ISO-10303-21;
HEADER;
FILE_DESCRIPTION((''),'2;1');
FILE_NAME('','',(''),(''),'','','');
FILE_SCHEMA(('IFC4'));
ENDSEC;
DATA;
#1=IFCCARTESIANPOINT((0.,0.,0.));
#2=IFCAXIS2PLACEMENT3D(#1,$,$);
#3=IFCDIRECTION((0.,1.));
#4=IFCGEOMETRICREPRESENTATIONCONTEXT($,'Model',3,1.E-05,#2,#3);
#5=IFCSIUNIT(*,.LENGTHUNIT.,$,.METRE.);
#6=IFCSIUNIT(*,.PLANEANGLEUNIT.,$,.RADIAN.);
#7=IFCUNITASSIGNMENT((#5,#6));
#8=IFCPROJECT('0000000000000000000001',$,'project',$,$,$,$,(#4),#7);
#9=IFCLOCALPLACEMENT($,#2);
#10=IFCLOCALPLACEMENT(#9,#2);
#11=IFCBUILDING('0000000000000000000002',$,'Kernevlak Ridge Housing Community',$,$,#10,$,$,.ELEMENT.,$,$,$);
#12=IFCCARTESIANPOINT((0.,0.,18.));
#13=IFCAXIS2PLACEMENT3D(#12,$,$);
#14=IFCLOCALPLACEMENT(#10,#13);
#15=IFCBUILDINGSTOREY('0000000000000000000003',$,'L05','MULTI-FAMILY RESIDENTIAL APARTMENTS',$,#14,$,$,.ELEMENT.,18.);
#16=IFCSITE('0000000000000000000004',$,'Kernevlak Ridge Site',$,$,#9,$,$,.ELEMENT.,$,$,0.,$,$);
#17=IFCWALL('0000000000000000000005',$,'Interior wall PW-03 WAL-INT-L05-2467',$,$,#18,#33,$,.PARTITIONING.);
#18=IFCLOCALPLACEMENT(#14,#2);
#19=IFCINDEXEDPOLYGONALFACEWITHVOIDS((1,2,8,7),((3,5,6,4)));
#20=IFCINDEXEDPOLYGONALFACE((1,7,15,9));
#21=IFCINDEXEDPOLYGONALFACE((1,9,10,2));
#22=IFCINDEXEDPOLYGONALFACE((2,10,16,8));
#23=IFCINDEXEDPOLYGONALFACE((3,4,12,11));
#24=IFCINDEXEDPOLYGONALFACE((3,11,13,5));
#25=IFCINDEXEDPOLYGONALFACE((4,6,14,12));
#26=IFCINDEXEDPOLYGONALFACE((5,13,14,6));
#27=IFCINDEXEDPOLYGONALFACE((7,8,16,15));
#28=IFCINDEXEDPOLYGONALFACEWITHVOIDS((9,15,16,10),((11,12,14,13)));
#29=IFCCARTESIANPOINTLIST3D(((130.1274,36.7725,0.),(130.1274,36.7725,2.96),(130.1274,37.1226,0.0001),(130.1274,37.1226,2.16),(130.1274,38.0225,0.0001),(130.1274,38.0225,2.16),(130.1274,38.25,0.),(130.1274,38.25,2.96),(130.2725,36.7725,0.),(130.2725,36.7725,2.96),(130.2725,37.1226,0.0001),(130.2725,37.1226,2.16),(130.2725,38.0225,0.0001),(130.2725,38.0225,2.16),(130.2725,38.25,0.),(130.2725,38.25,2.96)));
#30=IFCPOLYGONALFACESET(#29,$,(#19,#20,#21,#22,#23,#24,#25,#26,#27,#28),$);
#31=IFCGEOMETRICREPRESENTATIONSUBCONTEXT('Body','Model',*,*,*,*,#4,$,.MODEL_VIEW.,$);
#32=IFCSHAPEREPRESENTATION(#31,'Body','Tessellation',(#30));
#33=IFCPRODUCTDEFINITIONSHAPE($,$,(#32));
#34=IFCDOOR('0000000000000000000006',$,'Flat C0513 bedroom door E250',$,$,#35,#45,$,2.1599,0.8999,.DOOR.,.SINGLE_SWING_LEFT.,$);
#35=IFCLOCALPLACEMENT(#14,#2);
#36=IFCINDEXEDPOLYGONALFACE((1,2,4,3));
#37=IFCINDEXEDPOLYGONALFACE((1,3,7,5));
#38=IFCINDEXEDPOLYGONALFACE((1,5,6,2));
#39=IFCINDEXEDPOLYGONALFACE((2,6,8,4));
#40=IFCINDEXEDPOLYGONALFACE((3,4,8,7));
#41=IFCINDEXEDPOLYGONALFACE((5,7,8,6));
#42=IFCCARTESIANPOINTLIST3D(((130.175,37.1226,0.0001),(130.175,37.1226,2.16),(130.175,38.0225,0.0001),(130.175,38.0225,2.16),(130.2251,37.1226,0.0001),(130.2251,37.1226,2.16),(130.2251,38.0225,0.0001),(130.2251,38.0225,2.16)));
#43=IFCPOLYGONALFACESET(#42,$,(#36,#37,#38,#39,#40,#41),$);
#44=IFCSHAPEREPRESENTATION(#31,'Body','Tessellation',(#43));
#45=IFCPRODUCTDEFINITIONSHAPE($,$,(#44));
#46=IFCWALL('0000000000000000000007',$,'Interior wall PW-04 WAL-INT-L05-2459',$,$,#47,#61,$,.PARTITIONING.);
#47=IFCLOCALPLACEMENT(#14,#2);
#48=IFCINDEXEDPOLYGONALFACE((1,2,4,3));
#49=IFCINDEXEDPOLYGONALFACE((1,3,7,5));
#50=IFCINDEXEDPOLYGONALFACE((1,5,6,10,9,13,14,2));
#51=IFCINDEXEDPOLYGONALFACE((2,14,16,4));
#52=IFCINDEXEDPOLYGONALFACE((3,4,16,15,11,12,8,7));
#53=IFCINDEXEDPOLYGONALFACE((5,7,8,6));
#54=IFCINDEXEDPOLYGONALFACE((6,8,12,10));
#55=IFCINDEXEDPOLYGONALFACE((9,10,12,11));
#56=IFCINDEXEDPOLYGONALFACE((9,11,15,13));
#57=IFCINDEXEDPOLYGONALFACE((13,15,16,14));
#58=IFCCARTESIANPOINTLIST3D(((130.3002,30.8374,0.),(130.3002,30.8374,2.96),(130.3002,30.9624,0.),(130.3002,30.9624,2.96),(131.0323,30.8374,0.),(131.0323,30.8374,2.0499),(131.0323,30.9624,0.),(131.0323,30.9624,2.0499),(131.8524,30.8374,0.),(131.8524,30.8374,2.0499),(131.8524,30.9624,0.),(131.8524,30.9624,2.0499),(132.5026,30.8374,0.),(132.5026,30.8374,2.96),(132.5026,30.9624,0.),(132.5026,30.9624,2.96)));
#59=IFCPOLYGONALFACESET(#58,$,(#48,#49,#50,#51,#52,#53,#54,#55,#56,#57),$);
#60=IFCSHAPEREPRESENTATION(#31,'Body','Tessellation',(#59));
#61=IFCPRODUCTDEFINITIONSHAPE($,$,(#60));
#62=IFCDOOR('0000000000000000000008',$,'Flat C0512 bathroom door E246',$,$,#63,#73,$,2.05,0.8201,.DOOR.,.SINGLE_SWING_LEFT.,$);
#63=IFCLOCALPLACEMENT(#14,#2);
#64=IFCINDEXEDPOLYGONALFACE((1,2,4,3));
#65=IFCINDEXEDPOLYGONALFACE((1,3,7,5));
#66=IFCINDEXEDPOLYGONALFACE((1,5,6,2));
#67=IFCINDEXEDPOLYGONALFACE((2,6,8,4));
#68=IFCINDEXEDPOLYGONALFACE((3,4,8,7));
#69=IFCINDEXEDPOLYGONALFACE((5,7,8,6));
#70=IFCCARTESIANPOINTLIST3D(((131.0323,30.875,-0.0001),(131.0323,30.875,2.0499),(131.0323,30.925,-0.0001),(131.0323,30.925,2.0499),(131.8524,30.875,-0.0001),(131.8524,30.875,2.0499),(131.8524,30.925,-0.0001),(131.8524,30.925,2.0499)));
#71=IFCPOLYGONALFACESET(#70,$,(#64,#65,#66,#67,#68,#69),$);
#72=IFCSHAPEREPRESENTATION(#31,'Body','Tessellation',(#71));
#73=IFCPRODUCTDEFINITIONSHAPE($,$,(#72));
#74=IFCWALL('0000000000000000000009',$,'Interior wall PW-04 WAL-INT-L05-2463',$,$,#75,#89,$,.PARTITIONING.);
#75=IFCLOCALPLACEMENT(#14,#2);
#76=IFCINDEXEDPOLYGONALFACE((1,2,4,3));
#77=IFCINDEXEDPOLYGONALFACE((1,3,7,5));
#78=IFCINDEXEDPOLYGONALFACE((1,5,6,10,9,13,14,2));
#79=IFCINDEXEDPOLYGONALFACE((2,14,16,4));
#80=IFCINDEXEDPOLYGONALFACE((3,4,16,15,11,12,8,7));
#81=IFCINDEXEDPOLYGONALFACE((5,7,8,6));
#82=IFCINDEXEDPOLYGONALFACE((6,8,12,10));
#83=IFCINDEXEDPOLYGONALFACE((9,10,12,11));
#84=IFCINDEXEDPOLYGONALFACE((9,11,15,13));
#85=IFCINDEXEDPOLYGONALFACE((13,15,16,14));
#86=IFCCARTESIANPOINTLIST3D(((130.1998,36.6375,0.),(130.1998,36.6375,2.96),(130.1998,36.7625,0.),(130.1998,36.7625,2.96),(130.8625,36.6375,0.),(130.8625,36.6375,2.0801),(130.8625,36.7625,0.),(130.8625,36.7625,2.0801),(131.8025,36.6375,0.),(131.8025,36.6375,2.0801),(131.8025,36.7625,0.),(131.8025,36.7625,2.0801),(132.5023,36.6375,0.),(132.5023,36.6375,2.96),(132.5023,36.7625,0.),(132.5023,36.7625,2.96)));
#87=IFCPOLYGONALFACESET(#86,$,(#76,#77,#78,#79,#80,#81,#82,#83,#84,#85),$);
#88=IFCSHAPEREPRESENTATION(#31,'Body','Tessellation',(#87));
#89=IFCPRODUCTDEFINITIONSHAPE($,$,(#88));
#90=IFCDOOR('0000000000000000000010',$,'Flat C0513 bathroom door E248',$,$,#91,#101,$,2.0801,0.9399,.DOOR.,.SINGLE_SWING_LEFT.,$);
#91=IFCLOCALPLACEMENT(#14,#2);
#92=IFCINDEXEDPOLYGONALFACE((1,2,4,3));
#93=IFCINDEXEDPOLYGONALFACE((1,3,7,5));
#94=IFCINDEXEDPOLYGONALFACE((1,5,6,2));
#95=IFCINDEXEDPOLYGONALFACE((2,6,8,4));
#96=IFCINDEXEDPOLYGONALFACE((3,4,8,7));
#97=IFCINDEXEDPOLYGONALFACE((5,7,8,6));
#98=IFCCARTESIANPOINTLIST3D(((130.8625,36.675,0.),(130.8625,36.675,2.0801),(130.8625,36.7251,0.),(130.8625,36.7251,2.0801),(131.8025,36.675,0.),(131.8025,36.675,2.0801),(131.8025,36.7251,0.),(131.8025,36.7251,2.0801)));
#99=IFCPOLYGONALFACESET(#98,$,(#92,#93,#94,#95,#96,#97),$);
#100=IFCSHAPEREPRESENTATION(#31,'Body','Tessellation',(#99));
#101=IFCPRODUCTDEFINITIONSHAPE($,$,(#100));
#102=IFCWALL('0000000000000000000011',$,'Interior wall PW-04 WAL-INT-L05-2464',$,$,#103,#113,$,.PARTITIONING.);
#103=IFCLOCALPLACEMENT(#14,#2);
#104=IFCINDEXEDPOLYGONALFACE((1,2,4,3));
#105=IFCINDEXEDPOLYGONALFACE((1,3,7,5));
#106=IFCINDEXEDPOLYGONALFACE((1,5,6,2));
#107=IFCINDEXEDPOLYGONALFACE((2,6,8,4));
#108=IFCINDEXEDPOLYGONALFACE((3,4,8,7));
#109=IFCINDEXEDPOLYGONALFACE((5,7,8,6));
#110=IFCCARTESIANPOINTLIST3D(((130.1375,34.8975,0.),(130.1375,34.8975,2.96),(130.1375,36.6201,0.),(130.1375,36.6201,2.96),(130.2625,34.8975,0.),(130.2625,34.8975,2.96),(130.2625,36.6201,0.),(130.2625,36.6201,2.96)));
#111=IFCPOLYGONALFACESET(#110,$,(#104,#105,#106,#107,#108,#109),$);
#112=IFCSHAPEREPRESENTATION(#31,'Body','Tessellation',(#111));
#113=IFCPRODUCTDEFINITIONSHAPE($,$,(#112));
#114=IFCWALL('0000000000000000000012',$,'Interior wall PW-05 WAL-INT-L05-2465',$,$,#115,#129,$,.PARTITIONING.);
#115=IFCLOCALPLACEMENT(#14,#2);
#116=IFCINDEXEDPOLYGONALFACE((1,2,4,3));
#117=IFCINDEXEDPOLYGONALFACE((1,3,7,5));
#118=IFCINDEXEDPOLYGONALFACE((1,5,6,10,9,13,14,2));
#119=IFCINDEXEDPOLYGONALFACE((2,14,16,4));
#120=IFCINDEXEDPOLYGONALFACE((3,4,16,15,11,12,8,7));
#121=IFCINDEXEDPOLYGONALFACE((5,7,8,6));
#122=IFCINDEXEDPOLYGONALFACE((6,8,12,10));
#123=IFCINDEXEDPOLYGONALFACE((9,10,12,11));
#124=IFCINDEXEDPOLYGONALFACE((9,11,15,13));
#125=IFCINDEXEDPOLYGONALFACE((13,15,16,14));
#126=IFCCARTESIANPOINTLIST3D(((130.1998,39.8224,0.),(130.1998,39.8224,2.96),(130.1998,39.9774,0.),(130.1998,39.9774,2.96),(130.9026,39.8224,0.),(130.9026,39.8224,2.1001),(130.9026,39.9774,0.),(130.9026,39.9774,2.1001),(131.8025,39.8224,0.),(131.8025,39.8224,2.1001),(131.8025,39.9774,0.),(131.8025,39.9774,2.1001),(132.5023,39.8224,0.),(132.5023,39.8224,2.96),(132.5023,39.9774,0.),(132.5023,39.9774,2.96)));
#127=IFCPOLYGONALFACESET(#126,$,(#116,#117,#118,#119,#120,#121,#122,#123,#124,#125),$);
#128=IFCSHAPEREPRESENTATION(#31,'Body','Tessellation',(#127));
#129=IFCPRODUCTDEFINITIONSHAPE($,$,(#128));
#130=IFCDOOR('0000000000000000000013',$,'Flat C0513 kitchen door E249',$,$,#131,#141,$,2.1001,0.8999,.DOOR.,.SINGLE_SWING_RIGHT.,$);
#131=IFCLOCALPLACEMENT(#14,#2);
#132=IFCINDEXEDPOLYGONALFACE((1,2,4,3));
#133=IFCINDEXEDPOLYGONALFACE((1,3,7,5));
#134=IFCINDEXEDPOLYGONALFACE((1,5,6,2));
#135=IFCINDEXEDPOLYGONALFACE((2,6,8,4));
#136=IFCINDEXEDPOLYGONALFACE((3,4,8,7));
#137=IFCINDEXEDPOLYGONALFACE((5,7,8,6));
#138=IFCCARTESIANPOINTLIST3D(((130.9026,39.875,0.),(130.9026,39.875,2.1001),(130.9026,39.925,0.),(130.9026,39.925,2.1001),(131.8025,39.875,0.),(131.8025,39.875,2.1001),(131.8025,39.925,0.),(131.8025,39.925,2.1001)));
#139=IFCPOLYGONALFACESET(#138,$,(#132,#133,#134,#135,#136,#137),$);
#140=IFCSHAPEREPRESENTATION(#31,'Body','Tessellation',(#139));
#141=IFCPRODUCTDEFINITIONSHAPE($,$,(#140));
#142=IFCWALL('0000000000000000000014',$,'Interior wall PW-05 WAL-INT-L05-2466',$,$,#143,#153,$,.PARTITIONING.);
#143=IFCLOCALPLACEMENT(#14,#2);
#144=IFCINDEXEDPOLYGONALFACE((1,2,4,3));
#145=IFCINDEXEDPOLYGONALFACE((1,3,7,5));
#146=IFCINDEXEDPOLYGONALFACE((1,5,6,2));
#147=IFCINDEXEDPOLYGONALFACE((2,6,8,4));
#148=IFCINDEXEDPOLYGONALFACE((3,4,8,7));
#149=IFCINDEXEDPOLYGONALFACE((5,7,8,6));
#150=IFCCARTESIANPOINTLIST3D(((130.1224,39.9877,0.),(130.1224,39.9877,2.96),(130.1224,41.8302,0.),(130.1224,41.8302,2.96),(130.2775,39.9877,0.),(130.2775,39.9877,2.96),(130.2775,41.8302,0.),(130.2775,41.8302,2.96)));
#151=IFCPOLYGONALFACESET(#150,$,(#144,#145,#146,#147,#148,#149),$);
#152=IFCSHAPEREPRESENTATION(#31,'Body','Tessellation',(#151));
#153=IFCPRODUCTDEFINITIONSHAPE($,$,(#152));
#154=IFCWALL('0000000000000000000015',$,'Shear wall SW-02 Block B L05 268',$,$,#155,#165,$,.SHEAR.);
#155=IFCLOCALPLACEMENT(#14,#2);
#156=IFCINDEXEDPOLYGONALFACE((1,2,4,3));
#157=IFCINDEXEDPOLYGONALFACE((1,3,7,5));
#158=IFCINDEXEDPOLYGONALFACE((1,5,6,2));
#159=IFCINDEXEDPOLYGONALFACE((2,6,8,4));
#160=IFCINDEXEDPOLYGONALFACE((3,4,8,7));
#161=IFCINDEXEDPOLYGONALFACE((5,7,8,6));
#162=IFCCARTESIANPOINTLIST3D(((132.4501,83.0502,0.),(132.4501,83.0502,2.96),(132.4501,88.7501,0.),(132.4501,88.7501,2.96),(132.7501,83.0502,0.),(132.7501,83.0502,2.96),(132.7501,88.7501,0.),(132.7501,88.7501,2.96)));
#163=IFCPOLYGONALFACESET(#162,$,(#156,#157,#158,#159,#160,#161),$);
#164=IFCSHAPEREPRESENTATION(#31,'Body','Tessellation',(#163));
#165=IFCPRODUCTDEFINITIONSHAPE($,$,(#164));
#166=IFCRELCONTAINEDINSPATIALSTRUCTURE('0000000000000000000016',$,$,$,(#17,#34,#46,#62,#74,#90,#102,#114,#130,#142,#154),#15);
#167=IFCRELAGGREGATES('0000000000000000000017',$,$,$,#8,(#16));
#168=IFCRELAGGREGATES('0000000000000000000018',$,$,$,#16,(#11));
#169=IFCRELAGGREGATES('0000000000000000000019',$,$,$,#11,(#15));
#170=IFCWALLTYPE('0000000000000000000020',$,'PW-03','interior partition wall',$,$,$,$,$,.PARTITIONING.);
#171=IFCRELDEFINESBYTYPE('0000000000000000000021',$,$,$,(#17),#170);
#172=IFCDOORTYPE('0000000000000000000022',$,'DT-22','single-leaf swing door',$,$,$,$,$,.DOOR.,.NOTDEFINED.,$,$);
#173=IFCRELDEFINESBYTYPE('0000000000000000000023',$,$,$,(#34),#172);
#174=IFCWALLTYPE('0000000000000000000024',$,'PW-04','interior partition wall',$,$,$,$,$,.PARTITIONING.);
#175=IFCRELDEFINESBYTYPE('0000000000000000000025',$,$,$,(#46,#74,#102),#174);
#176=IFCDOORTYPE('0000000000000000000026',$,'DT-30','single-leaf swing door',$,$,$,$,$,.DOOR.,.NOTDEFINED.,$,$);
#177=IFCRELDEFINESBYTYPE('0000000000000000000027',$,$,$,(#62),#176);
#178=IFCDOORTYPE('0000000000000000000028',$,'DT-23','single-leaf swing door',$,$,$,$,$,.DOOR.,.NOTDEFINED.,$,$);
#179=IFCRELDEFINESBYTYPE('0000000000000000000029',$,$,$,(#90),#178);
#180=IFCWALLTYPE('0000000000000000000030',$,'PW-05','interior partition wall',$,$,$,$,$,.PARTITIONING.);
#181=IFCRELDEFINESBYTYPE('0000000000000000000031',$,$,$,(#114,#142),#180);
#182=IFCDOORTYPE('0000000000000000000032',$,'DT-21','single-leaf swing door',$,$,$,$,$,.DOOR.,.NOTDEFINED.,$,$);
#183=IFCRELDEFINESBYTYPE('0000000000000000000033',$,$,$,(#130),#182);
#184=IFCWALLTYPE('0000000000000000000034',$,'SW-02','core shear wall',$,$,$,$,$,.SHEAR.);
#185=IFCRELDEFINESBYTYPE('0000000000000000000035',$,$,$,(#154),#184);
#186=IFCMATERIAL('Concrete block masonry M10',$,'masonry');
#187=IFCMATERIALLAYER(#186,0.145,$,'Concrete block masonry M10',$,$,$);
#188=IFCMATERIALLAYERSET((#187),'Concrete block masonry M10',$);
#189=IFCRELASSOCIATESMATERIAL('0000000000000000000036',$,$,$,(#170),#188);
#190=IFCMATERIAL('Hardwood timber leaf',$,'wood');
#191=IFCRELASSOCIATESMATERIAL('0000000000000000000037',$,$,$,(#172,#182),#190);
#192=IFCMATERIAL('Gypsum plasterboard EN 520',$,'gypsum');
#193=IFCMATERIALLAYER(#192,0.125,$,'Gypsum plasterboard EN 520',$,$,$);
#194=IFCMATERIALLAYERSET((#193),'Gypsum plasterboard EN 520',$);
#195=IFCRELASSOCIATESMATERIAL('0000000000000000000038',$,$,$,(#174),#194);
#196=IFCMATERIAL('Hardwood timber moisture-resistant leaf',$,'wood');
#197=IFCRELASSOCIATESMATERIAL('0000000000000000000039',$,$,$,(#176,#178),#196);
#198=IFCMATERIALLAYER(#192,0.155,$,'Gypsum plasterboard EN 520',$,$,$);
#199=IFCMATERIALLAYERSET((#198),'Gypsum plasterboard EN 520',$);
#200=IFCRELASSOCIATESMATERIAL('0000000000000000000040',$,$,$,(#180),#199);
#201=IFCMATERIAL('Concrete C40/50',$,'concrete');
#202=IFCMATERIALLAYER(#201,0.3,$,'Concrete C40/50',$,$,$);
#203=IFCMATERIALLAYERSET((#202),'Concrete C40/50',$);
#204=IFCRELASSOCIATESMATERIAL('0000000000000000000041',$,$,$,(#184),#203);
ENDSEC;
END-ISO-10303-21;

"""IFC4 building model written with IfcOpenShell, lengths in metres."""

from ifc_helpers import new_model, si_unit, direction, frame, frame_2d, origin, place, context, subcontext, project, spatial, rectangle, extrude, material, layer, layer_set, type_object, element, fill, save


model = new_model("IFC4")

# Units and contexts
model_context = context("Model", 3, precision=1e-05, world=origin(), true_north=direction((0.0, 1.0)))
body_context = subcontext(model_context, "Body", "Model", "MODEL_VIEW")
ifc_project = project(units=[si_unit("LENGTHUNIT", "METRE"), si_unit("PLANEANGLEUNIT", "RADIAN")], contexts=[model_context])

# Site, building, storey
site_placement = place(None, origin())
site = spatial("IfcSite", under=ifc_project, at=site_placement, Name="Kernevlak Ridge Site", CompositionType="ELEMENT", RefElevation=0.0)
building_placement = place(site_placement, origin())
building = spatial("IfcBuilding", under=site, at=building_placement, Name="Kernevlak Ridge Housing Community", CompositionType="ELEMENT")
storey_placement = place(building_placement, frame((0.0, 0.0, 18.0)))
storey = spatial("IfcBuildingStorey", under=building, at=storey_placement, Name="L05", Description="MULTI-FAMILY RESIDENTIAL APARTMENTS", CompositionType="ELEMENT", Elevation=18.0)

# Shared definitions
ifc_material_1 = material(Name="Concrete C40/50", Category="concrete")

# Shared definitions
ifc_material_2 = material(Name="Concrete block masonry M10", Category="masonry")

# Walls, openings, doors
ifc_layer_1 = layer(ifc_material_2, 0.145, Name="Concrete block masonry M10")
ifc_layer_set_1 = layer_set([ifc_layer_1], Name="Concrete block masonry M10")
wall_type_1 = type_object("IfcWallType", Name="PW-03", Description="interior partition wall", PredefinedType="PARTITIONING", material=ifc_layer_set_1)
wall_1_placement = place(storey_placement, frame((130.2, 36.7725, 0.0), z_axis=(0.0, 0.0, 1.0), x_axis=(0.0, 1.0, 0.0)))
wall_1 = element("IfcWall", 1, at=wall_1_placement, inside=storey, type_object=wall_type_1, Name="Interior wall PW-03 WAL-INT-L05-2467", PredefinedType="PARTITIONING", context=body_context, shape_type="SweptSolid", body=[
    extrude(rectangle(XDim=1.4775, YDim=0.145, at=frame_2d((0.7388, 0.0))), origin(), (0.0, 0.0, 1.0), 2.96),
])
opening_1_placement = place(wall_1_placement, frame((0.3501, 0.0, 0.0)))
opening_1 = element("IfcOpeningElement", 2, at=opening_1_placement, cuts=wall_1, PredefinedType="OPENING", context=body_context, shape_type="SweptSolid", body=[
    extrude(rectangle(XDim=0.8999, YDim=2.1599, at=frame_2d((0.45, 1.0801))), frame((0.0, 0.0825, 0.0), z_axis=(0.0, -1.0, 0.0), x_axis=(1.0, 0.0, 0.0)), (0.0, 0.0, 1.0), 0.165),
])
ifc_material_3 = material(Name="Hardwood timber leaf", Category="wood")
door_type_1 = type_object("IfcDoorType", Name="DT-22", Description="single-leaf swing door", OperationType="NOTDEFINED", PredefinedType="DOOR", material=ifc_material_3)
door_1_placement = place(opening_1_placement, origin())
door_1 = element("IfcDoor", 3, at=door_1_placement, inside=storey, type_object=door_type_1, Name="Flat C0513 bedroom door E250", OperationType="SINGLE_SWING_LEFT", OverallHeight=2.1599, OverallWidth=0.8999, PredefinedType="DOOR", context=body_context, shape_type="SweptSolid", body=[
    extrude(rectangle(XDim=0.8999, YDim=2.1599, at=frame_2d((0.45, 1.0801))), frame((0.0, 0.0249, 0.0), z_axis=(0.0, -1.0, 0.0), x_axis=(1.0, 0.0, 0.0)), (0.0, 0.0, 1.0), 0.05),
])
fill(opening_1, door_1)
ifc_material_4 = material(Name="Gypsum plasterboard EN 520", Category="gypsum")
ifc_layer_2 = layer(ifc_material_4, 0.125, Name="Gypsum plasterboard EN 520")
ifc_layer_set_2 = layer_set([ifc_layer_2], Name="Gypsum plasterboard EN 520")
wall_type_2 = type_object("IfcWallType", Name="PW-04", Description="interior partition wall", PredefinedType="PARTITIONING", material=ifc_layer_set_2)
wall_2_placement = place(storey_placement, frame((132.5024, 30.8999, 0.0), z_axis=(0.0, 0.0, 1.0), x_axis=(-1.0, 0.0, 0.0)))
wall_2 = element("IfcWall", 4, at=wall_2_placement, inside=storey, type_object=wall_type_2, Name="Interior wall PW-04 WAL-INT-L05-2459", PredefinedType="PARTITIONING", context=body_context, shape_type="SweptSolid", body=[
    extrude(rectangle(XDim=2.2024, YDim=0.125, at=frame_2d((1.1011, 0.0))), origin(), (0.0, 0.0, 1.0), 2.96),
])
opening_2_placement = place(wall_2_placement, frame((0.6499, 0.0, 0.0)))
opening_2 = element("IfcOpeningElement", 5, at=opening_2_placement, cuts=wall_2, PredefinedType="OPENING", context=body_context, shape_type="SweptSolid", body=[
    extrude(rectangle(XDim=0.8201, YDim=2.05, at=frame_2d((0.4102, 1.0249))), frame((0.0, 0.0725, 0.0), z_axis=(0.0, -1.0, 0.0), x_axis=(1.0, 0.0, 0.0)), (0.0, 0.0, 1.0), 0.145),
])
ifc_material_5 = material(Name="Hardwood timber moisture-resistant leaf", Category="wood")
door_type_2 = type_object("IfcDoorType", Name="DT-30", Description="single-leaf swing door", OperationType="NOTDEFINED", PredefinedType="DOOR", material=ifc_material_5)
door_2_placement = place(opening_2_placement, origin())
door_2 = element("IfcDoor", 6, at=door_2_placement, inside=storey, type_object=door_type_2, Name="Flat C0512 bathroom door E246", OperationType="SINGLE_SWING_LEFT", OverallHeight=2.05, OverallWidth=0.8201, PredefinedType="DOOR", context=body_context, shape_type="SweptSolid", body=[
    extrude(rectangle(XDim=0.8201, YDim=2.05, at=frame_2d((0.4102, 1.0249))), frame((0.0, 0.0249, 0.0), z_axis=(0.0, -1.0, 0.0), x_axis=(1.0, 0.0, 0.0)), (0.0, 0.0, 1.0), 0.05),
])
fill(opening_2, door_2)
wall_3_placement = place(storey_placement, frame((132.5024, 36.7, 0.0), z_axis=(0.0, 0.0, 1.0), x_axis=(-1.0, 0.0, 0.0)))
wall_3 = element("IfcWall", 7, at=wall_3_placement, inside=storey, type_object=wall_type_2, Name="Interior wall PW-04 WAL-INT-L05-2463", PredefinedType="PARTITIONING", context=body_context, shape_type="SweptSolid", body=[
    extrude(rectangle(XDim=2.3025, YDim=0.125, at=frame_2d((1.1514, 0.0))), origin(), (0.0, 0.0, 1.0), 2.96),
])
opening_3_placement = place(wall_3_placement, frame((0.7, 0.0, 0.0)))
opening_3 = element("IfcOpeningElement", 8, at=opening_3_placement, cuts=wall_3, PredefinedType="OPENING", context=body_context, shape_type="SweptSolid", body=[
    extrude(rectangle(XDim=0.9399, YDim=2.0801, at=frame_2d((0.47, 1.04))), frame((0.0, 0.0725, 0.0), z_axis=(0.0, -1.0, 0.0), x_axis=(1.0, 0.0, 0.0)), (0.0, 0.0, 1.0), 0.145),
])
door_type_3 = type_object("IfcDoorType", Name="DT-23", Description="single-leaf swing door", OperationType="NOTDEFINED", PredefinedType="DOOR", material=ifc_material_5)
door_3_placement = place(opening_3_placement, origin())
door_3 = element("IfcDoor", 9, at=door_3_placement, inside=storey, type_object=door_type_3, Name="Flat C0513 bathroom door E248", OperationType="SINGLE_SWING_LEFT", OverallHeight=2.0801, OverallWidth=0.9399, PredefinedType="DOOR", context=body_context, shape_type="SweptSolid", body=[
    extrude(rectangle(XDim=0.9399, YDim=2.0801, at=frame_2d((0.47, 1.04))), frame((0.0, 0.0249, 0.0), z_axis=(0.0, -1.0, 0.0), x_axis=(1.0, 0.0, 0.0)), (0.0, 0.0, 1.0), 0.05),
])
fill(opening_3, door_3)

# Wall
wall_4_placement = place(storey_placement, frame((130.2, 34.8975, 0.0), z_axis=(0.0, 0.0, 1.0), x_axis=(0.0, 1.0, 0.0)))
element("IfcWall", 10, at=wall_4_placement, inside=storey, type_object=wall_type_2, Name="Interior wall PW-04 WAL-INT-L05-2464", PredefinedType="PARTITIONING", context=body_context, shape_type="SweptSolid", body=[
    extrude(rectangle(XDim=1.7227, YDim=0.125, at=frame_2d((0.8613, 0.0))), origin(), (0.0, 0.0, 1.0), 2.96),
])

# Wall, opening, door
ifc_layer_3 = layer(ifc_material_4, 0.155, Name="Gypsum plasterboard EN 520")
ifc_layer_set_3 = layer_set([ifc_layer_3], Name="Gypsum plasterboard EN 520")
wall_type_3 = type_object("IfcWallType", Name="PW-05", Description="interior partition wall", PredefinedType="PARTITIONING", material=ifc_layer_set_3)
wall_5_placement = place(storey_placement, frame((132.5024, 39.8999, 0.0), z_axis=(0.0, 0.0, 1.0), x_axis=(-1.0, 0.0, 0.0)))
wall_5 = element("IfcWall", 11, at=wall_5_placement, inside=storey, type_object=wall_type_3, Name="Interior wall PW-05 WAL-INT-L05-2465", PredefinedType="PARTITIONING", context=body_context, shape_type="SweptSolid", body=[
    extrude(rectangle(XDim=2.3025, YDim=0.155, at=frame_2d((1.1514, 0.0))), origin(), (0.0, 0.0, 1.0), 2.96),
])
opening_4_placement = place(wall_5_placement, frame((0.7, 0.0, 0.0)))
opening_4 = element("IfcOpeningElement", 12, at=opening_4_placement, cuts=wall_5, PredefinedType="OPENING", context=body_context, shape_type="SweptSolid", body=[
    extrude(rectangle(XDim=0.8999, YDim=2.1001, at=frame_2d((0.45, 1.05))), frame((0.0, 0.0874, 0.0), z_axis=(0.0, -1.0, 0.0), x_axis=(1.0, 0.0, 0.0)), (0.0, 0.0, 1.0), 0.175),
])
door_type_4 = type_object("IfcDoorType", Name="DT-21", Description="single-leaf swing door", OperationType="NOTDEFINED", PredefinedType="DOOR", material=ifc_material_3)
door_4_placement = place(opening_4_placement, origin())
door_4 = element("IfcDoor", 13, at=door_4_placement, inside=storey, type_object=door_type_4, Name="Flat C0513 kitchen door E249", OperationType="SINGLE_SWING_RIGHT", OverallHeight=2.1001, OverallWidth=0.8999, PredefinedType="DOOR", context=body_context, shape_type="SweptSolid", body=[
    extrude(rectangle(XDim=0.8999, YDim=2.1001, at=frame_2d((0.45, 1.05))), frame((0.0, 0.0249, 0.0), z_axis=(0.0, -1.0, 0.0), x_axis=(1.0, 0.0, 0.0)), (0.0, 0.0, 1.0), 0.05),
])
fill(opening_4, door_4)

# Walls
wall_6_placement = place(storey_placement, frame((130.2, 39.9875, 0.0), z_axis=(0.0, 0.0, 1.0), x_axis=(0.0, 1.0, 0.0)))
element("IfcWall", 14, at=wall_6_placement, inside=storey, type_object=wall_type_3, Name="Interior wall PW-05 WAL-INT-L05-2466", PredefinedType="PARTITIONING", context=body_context, shape_type="SweptSolid", body=[
    extrude(rectangle(XDim=1.8425, YDim=0.155, at=frame_2d((0.9214, 0.0))), origin(), (0.0, 0.0, 1.0), 2.96),
])
ifc_layer_4 = layer(ifc_material_1, 0.3, Name="Concrete C40/50")
ifc_layer_set_4 = layer_set([ifc_layer_4], Name="Concrete C40/50")
wall_type_4 = type_object("IfcWallType", Name="SW-02", Description="core shear wall", PredefinedType="SHEAR", material=ifc_layer_set_4)
wall_7_placement = place(storey_placement, frame((132.6001, 83.05, 0.0), z_axis=(0.0, 0.0, 1.0), x_axis=(0.0, 1.0, 0.0)))
element("IfcWall", 15, at=wall_7_placement, inside=storey, type_object=wall_type_4, Name="Shear wall SW-02 Block B L05 268", PredefinedType="SHEAR", context=body_context, shape_type="SweptSolid", body=[
    extrude(rectangle(XDim=5.7, YDim=0.3, at=frame_2d((2.8501, 0.0))), origin(), (0.0, 0.0, 1.0), 2.96),
])

save(model, "model.ifc")
